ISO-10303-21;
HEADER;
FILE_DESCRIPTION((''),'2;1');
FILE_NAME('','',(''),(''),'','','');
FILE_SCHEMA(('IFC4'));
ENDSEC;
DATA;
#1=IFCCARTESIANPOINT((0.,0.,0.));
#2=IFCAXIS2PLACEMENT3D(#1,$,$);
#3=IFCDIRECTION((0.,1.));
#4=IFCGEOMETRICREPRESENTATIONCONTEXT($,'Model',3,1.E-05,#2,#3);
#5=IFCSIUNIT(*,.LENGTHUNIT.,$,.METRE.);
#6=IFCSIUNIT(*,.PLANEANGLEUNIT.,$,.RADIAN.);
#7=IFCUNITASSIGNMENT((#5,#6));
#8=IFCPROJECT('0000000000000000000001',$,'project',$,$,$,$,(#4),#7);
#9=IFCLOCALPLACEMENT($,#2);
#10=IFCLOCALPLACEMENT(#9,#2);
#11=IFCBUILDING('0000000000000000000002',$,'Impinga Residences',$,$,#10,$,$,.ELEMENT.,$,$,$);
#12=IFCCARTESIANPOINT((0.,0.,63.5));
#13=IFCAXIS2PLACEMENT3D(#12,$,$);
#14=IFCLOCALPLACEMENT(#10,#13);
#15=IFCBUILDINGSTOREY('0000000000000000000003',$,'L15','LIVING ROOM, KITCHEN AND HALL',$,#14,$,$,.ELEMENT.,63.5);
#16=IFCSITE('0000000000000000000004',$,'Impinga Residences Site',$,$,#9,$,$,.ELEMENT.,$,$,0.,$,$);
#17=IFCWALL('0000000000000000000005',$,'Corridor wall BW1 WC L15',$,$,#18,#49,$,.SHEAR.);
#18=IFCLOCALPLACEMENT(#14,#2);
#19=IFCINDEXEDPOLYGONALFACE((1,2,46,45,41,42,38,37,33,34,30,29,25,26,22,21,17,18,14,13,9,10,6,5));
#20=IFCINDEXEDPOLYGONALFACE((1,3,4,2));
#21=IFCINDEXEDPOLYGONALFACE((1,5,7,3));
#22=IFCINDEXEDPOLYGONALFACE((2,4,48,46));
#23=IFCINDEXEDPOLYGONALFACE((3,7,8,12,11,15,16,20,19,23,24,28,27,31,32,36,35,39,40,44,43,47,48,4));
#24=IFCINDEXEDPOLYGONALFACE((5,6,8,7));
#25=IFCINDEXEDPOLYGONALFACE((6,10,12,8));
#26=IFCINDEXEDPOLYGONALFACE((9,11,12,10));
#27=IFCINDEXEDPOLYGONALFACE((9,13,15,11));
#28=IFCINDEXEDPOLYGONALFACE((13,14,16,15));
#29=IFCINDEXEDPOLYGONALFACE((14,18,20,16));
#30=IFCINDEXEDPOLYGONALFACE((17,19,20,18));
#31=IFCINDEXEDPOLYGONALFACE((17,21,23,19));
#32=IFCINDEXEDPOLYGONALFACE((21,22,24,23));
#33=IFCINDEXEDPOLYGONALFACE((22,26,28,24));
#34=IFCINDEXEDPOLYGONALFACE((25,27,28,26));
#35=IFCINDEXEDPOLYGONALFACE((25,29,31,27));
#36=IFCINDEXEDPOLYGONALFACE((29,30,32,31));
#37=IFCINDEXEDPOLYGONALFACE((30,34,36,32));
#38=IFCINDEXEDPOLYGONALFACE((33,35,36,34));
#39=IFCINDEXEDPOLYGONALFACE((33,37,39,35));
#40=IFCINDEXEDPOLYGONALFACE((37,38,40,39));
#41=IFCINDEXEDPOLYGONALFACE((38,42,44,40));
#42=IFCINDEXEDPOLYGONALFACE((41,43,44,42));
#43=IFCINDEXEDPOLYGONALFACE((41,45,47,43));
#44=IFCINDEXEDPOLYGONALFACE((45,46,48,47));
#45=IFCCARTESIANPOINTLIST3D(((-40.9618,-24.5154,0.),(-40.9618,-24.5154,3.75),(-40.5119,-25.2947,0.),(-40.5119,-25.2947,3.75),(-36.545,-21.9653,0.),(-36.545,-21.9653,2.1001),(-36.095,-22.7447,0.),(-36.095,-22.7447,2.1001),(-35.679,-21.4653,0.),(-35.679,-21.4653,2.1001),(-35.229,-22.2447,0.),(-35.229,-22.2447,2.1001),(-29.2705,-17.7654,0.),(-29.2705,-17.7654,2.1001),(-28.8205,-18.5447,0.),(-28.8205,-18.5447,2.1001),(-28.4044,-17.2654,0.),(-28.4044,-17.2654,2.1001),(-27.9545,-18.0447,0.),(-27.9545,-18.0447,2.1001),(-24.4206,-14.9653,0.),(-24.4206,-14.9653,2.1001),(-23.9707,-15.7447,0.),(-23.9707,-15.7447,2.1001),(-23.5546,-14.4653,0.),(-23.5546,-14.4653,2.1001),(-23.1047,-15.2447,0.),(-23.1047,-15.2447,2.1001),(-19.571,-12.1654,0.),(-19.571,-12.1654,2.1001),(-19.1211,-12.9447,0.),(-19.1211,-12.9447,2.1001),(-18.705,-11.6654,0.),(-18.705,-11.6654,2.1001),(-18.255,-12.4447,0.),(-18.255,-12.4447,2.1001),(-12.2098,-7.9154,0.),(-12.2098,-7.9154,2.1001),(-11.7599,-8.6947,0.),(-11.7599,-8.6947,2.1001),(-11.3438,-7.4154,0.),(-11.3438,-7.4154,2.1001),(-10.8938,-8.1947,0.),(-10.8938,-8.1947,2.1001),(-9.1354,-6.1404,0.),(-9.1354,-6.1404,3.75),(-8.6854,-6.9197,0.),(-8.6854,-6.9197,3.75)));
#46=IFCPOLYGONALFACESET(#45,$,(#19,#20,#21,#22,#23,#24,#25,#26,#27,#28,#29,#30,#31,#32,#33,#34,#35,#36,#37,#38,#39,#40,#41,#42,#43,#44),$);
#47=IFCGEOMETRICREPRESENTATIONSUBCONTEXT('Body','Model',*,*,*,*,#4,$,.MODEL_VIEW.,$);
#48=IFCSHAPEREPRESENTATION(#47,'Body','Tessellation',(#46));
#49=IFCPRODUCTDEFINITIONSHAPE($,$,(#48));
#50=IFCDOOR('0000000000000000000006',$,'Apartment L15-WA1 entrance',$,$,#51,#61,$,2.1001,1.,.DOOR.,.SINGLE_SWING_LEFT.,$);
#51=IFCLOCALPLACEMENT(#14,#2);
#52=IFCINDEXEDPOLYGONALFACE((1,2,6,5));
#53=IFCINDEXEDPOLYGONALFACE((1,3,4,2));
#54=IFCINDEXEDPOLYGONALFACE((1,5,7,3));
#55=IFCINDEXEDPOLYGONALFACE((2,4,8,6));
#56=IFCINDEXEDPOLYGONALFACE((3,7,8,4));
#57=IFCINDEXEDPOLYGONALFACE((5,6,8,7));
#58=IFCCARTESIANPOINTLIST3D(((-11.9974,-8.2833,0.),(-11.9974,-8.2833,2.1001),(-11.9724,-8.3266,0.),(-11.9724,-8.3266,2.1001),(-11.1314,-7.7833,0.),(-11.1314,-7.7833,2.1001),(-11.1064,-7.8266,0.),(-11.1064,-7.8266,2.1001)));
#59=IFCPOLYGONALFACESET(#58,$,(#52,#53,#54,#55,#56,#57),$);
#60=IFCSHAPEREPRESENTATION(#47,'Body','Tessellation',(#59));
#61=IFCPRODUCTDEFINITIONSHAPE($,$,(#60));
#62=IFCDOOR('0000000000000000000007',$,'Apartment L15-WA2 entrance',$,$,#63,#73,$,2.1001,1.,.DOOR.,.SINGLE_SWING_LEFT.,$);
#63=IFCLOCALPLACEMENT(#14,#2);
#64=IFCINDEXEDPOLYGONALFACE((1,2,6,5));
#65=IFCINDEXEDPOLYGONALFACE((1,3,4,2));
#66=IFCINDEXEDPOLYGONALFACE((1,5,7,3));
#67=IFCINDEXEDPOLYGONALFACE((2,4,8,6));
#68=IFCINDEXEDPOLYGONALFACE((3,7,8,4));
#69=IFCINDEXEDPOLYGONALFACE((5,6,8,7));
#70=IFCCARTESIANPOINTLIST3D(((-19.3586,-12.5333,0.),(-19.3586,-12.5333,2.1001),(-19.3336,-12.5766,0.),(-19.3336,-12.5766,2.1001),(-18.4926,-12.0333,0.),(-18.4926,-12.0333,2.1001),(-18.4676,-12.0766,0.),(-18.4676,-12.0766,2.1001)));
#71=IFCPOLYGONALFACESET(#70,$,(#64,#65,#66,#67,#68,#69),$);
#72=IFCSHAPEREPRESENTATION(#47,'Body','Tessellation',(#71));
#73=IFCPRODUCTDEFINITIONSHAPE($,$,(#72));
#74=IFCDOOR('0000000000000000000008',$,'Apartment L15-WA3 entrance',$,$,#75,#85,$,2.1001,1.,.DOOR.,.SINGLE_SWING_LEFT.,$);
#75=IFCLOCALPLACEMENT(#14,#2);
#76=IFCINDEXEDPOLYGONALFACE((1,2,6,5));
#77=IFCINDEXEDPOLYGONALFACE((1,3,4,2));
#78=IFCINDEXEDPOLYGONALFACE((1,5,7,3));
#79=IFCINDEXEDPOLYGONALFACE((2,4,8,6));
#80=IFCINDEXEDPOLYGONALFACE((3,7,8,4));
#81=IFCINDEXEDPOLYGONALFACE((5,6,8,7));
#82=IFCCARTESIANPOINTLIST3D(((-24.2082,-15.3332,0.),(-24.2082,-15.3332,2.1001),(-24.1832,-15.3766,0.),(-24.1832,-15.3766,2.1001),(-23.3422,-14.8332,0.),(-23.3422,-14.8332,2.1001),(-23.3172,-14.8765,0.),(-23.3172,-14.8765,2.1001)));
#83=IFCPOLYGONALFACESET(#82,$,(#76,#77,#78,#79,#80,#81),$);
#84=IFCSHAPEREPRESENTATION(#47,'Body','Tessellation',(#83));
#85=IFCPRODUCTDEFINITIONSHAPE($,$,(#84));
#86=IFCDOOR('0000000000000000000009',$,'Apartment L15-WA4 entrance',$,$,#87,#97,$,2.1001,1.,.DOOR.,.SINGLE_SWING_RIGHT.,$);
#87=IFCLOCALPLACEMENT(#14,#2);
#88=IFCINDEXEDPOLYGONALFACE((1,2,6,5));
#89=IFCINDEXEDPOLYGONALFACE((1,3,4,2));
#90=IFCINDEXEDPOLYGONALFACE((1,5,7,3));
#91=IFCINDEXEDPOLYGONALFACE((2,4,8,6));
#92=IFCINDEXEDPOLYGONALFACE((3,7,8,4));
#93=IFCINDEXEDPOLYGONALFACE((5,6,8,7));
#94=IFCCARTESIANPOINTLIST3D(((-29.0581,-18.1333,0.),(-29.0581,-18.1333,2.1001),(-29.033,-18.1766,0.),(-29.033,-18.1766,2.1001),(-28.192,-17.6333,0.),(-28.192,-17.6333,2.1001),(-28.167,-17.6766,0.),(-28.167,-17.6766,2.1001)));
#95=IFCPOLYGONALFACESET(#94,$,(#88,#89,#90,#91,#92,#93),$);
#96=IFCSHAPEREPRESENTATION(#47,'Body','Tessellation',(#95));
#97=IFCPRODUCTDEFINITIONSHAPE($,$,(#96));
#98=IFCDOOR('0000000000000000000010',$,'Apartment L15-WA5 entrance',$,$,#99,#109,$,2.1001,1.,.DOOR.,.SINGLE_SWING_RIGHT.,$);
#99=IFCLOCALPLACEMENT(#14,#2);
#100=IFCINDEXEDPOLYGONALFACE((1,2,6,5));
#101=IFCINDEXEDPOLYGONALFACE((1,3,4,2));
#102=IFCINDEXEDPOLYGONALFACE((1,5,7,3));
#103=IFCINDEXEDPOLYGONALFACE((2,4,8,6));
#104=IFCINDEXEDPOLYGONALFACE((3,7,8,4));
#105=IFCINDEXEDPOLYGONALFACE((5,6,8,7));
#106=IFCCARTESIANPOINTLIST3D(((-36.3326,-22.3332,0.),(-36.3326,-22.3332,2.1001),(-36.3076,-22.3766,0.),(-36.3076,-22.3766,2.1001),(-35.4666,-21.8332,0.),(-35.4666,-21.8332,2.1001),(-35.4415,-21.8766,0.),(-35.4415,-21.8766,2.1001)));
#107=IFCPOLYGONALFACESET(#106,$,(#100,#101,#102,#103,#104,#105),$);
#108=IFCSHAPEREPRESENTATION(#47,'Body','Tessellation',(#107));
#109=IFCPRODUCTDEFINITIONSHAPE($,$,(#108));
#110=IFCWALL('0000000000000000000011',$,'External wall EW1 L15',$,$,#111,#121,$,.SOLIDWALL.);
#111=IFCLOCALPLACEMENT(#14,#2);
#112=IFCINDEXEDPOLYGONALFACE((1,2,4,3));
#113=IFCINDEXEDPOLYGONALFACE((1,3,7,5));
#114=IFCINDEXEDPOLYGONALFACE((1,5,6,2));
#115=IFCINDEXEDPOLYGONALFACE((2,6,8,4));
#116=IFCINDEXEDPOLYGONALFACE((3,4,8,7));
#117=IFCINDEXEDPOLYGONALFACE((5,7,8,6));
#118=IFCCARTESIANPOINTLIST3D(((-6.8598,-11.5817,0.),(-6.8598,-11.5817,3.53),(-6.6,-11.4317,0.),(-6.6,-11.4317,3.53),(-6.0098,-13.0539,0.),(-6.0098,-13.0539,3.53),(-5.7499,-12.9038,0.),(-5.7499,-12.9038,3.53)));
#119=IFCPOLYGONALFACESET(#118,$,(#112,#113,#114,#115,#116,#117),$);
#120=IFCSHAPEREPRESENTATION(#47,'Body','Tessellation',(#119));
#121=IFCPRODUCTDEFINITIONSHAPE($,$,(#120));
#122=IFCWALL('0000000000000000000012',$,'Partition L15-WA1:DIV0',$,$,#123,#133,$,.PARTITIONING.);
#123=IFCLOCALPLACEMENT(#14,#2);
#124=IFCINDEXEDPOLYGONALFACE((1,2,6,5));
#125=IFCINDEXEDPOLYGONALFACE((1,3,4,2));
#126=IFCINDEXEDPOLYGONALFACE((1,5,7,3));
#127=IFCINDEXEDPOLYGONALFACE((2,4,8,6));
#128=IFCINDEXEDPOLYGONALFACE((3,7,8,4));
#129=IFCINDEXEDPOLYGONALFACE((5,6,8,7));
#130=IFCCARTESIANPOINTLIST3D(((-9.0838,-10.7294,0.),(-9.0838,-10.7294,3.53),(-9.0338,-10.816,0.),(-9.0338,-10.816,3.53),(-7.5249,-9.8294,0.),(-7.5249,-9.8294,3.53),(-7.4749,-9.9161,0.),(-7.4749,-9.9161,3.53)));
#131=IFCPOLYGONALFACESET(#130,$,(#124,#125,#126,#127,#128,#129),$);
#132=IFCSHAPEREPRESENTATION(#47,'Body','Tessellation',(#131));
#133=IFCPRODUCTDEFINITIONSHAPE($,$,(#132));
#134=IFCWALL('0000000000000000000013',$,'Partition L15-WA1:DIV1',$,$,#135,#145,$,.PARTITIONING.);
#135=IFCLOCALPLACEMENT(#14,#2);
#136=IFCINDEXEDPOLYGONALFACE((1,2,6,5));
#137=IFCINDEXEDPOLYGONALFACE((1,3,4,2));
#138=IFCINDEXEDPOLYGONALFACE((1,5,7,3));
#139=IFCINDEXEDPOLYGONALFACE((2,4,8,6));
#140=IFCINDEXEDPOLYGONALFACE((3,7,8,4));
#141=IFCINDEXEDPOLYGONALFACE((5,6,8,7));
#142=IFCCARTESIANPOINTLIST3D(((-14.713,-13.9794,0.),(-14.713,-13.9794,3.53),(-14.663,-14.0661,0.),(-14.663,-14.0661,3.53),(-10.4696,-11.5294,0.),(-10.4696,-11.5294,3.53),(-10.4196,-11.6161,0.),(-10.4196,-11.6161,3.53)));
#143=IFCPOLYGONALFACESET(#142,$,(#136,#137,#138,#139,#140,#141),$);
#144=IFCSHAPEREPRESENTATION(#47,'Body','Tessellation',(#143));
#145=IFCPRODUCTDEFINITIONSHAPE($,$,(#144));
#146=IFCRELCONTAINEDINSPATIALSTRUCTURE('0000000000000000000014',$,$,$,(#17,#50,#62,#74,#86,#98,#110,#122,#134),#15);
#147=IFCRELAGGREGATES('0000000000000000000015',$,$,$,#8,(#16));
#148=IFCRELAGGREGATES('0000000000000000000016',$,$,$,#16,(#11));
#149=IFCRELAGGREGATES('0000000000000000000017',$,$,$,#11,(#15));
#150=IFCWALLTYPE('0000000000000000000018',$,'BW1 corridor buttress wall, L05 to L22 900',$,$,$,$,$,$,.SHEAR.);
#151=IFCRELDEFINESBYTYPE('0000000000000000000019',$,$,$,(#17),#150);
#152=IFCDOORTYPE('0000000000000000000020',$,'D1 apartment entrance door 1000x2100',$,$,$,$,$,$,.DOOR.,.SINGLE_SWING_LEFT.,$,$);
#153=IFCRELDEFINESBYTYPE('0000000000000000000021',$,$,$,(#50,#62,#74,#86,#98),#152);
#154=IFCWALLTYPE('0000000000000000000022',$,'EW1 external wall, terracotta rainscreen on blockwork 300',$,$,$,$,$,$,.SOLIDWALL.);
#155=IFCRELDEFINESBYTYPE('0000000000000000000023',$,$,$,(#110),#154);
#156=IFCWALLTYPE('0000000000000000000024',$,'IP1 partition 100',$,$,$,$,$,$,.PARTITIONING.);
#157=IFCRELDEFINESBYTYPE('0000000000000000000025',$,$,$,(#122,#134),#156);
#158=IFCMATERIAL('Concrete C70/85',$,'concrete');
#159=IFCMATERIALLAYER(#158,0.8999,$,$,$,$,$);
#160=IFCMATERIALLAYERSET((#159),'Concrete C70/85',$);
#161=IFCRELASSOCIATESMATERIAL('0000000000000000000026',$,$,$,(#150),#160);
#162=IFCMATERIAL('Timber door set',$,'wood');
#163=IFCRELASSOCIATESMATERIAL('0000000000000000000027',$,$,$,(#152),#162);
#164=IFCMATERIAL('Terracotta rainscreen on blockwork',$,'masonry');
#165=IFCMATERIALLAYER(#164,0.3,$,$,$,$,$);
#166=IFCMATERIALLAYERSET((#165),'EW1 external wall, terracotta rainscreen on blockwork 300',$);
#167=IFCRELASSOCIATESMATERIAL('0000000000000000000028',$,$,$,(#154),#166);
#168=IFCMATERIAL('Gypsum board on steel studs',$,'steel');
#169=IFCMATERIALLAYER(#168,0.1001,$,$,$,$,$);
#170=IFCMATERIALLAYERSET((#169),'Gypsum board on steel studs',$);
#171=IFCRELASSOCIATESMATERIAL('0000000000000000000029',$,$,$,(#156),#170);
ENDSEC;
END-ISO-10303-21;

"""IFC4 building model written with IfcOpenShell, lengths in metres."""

from ifc_helpers import new_model, si_unit, direction, frame, frame_2d, origin, place, context, subcontext, project, spatial, rectangle, extrude, material, layer, layer_set, type_object, element, fill, save


model = new_model("IFC4")

# Units and contexts
model_context = context("Model", 3, precision=1e-05, world=origin(), true_north=direction((0.0, 1.0)))
body_context = subcontext(model_context, "Body", "Model", "MODEL_VIEW")
ifc_project = project(units=[si_unit("LENGTHUNIT", "METRE"), si_unit("PLANEANGLEUNIT", "RADIAN")], contexts=[model_context])

# Site, building, storey
site_placement = place(None, origin())
site = spatial("IfcSite", under=ifc_project, at=site_placement, Name="Impinga Residences Site", CompositionType="ELEMENT", RefElevation=0.0)
building_placement = place(site_placement, origin())
building = spatial("IfcBuilding", under=site, at=building_placement, Name="Impinga Residences", CompositionType="ELEMENT")
storey_placement = place(building_placement, frame((0.0, 0.0, 63.5)))
storey = spatial("IfcBuildingStorey", under=building, at=storey_placement, Name="L15", Description="LIVING ROOM, KITCHEN AND HALL", CompositionType="ELEMENT", Elevation=63.5)

# Wall, openings, doors
ifc_material_1 = material(Name="Concrete C70/85", Category="concrete")
ifc_layer_1 = layer(ifc_material_1, 0.8999)
ifc_layer_set_1 = layer_set([ifc_layer_1], Name="Concrete C70/85")
wall_type_1 = type_object("IfcWallType", Name="BW1 corridor buttress wall, L05 to L22 900", PredefinedType="SHEAR", material=ifc_layer_set_1)
wall_1_placement = place(storey_placement, frame((-8.9104, -6.53, 0.0), z_axis=(0.0, 0.0, 1.0), x_axis=(-0.866025, -0.5, 0.0)))
wall_1 = element("IfcWall", 1, at=wall_1_placement, inside=storey, type_object=wall_type_1, Name="Corridor wall BW1 WC L15", PredefinedType="SHEAR", context=body_context, shape_type="SweptSolid", body=[
    extrude(rectangle(XDim=36.75, YDim=0.8999, at=frame_2d((18.375, 0.0))), origin(), (0.0, 0.0, 1.0), 3.75),
])
opening_1_placement = place(wall_1_placement, frame((2.55, 0.0, 0.0)))
opening_1 = element("IfcOpeningElement", 2, at=opening_1_placement, cuts=wall_1, PredefinedType="OPENING", context=body_context, shape_type="SweptSolid", body=[
    extrude(rectangle(XDim=1.0, YDim=2.1001, at=frame_2d((0.5, 1.05))), frame((0.0, 0.46, 0.0), z_axis=(0.0, -1.0, 0.0), x_axis=(1.0, 0.0, 0.0)), (0.0, 0.0, 1.0), 0.9199),
])
opening_2_placement = place(wall_1_placement, frame((11.05, 0.0, 0.0)))
opening_2 = element("IfcOpeningElement", 3, at=opening_2_placement, cuts=wall_1, PredefinedType="OPENING", context=body_context, shape_type="SweptSolid", body=[
    extrude(rectangle(XDim=1.0, YDim=2.1001, at=frame_2d((0.5, 1.05))), frame((0.0, 0.46, 0.0), z_axis=(0.0, -1.0, 0.0), x_axis=(1.0, 0.0, 0.0)), (0.0, 0.0, 1.0), 0.9199),
])
opening_3_placement = place(wall_1_placement, frame((16.6499, 0.0, 0.0)))
opening_3 = element("IfcOpeningElement", 4, at=opening_3_placement, cuts=wall_1, PredefinedType="OPENING", context=body_context, shape_type="SweptSolid", body=[
    extrude(rectangle(XDim=1.0, YDim=2.1001, at=frame_2d((0.5, 1.05))), frame((0.0, 0.46, 0.0), z_axis=(0.0, -1.0, 0.0), x_axis=(1.0, 0.0, 0.0)), (0.0, 0.0, 1.0), 0.9199),
])
opening_4_placement = place(wall_1_placement, frame((22.25, 0.0, 0.0)))
opening_4 = element("IfcOpeningElement", 5, at=opening_4_placement, cuts=wall_1, PredefinedType="OPENING", context=body_context, shape_type="SweptSolid", body=[
    extrude(rectangle(XDim=1.0, YDim=2.1001, at=frame_2d((0.5, 1.05))), frame((0.0, 0.46, 0.0), z_axis=(0.0, -1.0, 0.0), x_axis=(1.0, 0.0, 0.0)), (0.0, 0.0, 1.0), 0.9199),
])
opening_5_placement = place(wall_1_placement, frame((30.6499, 0.0, 0.0)))
opening_5 = element("IfcOpeningElement", 6, at=opening_5_placement, cuts=wall_1, PredefinedType="OPENING", context=body_context, shape_type="SweptSolid", body=[
    extrude(rectangle(XDim=1.0, YDim=2.1001, at=frame_2d((0.5, 1.05))), frame((0.0, 0.46, 0.0), z_axis=(0.0, -1.0, 0.0), x_axis=(1.0, 0.0, 0.0)), (0.0, 0.0, 1.0), 0.9199),
])
ifc_material_2 = material(Name="Timber door set", Category="wood")
door_type_1 = type_object("IfcDoorType", Name="D1 apartment entrance door 1000x2100", OperationType="SINGLE_SWING_LEFT", PredefinedType="DOOR", material=ifc_material_2)
door_1_placement = place(opening_1_placement, origin())
door_1 = element("IfcDoor", 7, at=door_1_placement, inside=storey, type_object=door_type_1, Name="Apartment L15-WA1 entrance", OperationType="SINGLE_SWING_LEFT", OverallHeight=2.1001, OverallWidth=1.0, PredefinedType="DOOR", context=body_context, shape_type="SweptSolid", body=[
    extrude(rectangle(XDim=1.0, YDim=2.1001, at=frame_2d((0.5, 1.05))), frame((0.0, 0.0249, 0.0), z_axis=(0.0, -1.0, 0.0), x_axis=(1.0, 0.0, 0.0)), (0.0, 0.0, 1.0), 0.05),
])
fill(opening_1, door_1)
door_2_placement = place(opening_2_placement, origin())
door_2 = element("IfcDoor", 8, at=door_2_placement, inside=storey, type_object=door_type_1, Name="Apartment L15-WA2 entrance", OperationType="SINGLE_SWING_LEFT", OverallHeight=2.1001, OverallWidth=1.0, PredefinedType="DOOR", context=body_context, shape_type="SweptSolid", body=[
    extrude(rectangle(XDim=1.0, YDim=2.1001, at=frame_2d((0.5, 1.05))), frame((0.0, 0.0249, 0.0), z_axis=(0.0, -1.0, 0.0), x_axis=(1.0, 0.0, 0.0)), (0.0, 0.0, 1.0), 0.05),
])
fill(opening_2, door_2)
door_3_placement = place(opening_3_placement, origin())
door_3 = element("IfcDoor", 9, at=door_3_placement, inside=storey, type_object=door_type_1, Name="Apartment L15-WA3 entrance", OperationType="SINGLE_SWING_LEFT", OverallHeight=2.1001, OverallWidth=1.0, PredefinedType="DOOR", context=body_context, shape_type="SweptSolid", body=[
    extrude(rectangle(XDim=1.0, YDim=2.1001, at=frame_2d((0.5, 1.05))), frame((0.0, 0.0249, 0.0), z_axis=(0.0, -1.0, 0.0), x_axis=(1.0, 0.0, 0.0)), (0.0, 0.0, 1.0), 0.05),
])
fill(opening_3, door_3)
door_4_placement = place(opening_4_placement, origin())
door_4 = element("IfcDoor", 10, at=door_4_placement, inside=storey, type_object=door_type_1, Name="Apartment L15-WA4 entrance", OperationType="SINGLE_SWING_RIGHT", OverallHeight=2.1001, OverallWidth=1.0, PredefinedType="DOOR", context=body_context, shape_type="SweptSolid", body=[
    extrude(rectangle(XDim=1.0, YDim=2.1001, at=frame_2d((0.5, 1.05))), frame((0.0, 0.0249, 0.0), z_axis=(0.0, -1.0, 0.0), x_axis=(1.0, 0.0, 0.0)), (0.0, 0.0, 1.0), 0.05),
])
fill(opening_4, door_4)
door_5_placement = place(opening_5_placement, origin())
door_5 = element("IfcDoor", 11, at=door_5_placement, inside=storey, type_object=door_type_1, Name="Apartment L15-WA5 entrance", OperationType="SINGLE_SWING_RIGHT", OverallHeight=2.1001, OverallWidth=1.0, PredefinedType="DOOR", context=body_context, shape_type="SweptSolid", body=[
    extrude(rectangle(XDim=1.0, YDim=2.1001, at=frame_2d((0.5, 1.05))), frame((0.0, 0.0249, 0.0), z_axis=(0.0, -1.0, 0.0), x_axis=(1.0, 0.0, 0.0)), (0.0, 0.0, 1.0), 0.05),
])
fill(opening_5, door_5)

# Walls
ifc_material_3 = material(Name="Terracotta rainscreen on blockwork", Category="masonry")
ifc_layer_2 = layer(ifc_material_3, 0.3)
ifc_layer_set_2 = layer_set([ifc_layer_2], Name="EW1 external wall, terracotta rainscreen on blockwork 300")
wall_type_2 = type_object("IfcWallType", Name="EW1 external wall, terracotta rainscreen on blockwork 300", PredefinedType="SOLIDWALL", material=ifc_layer_set_2)
wall_2_placement = place(storey_placement, frame((-6.73, -11.5066, 0.0), z_axis=(0.0, 0.0, 1.0), x_axis=(0.500062, -0.865989, 0.0)))
element("IfcWall", 12, at=wall_2_placement, inside=storey, type_object=wall_type_2, Name="External wall EW1 L15", PredefinedType="SOLIDWALL", context=body_context, shape_type="SweptSolid", body=[
    extrude(rectangle(XDim=1.7, YDim=0.3, at=frame_2d((0.8501, 0.0))), origin(), (0.0, 0.0, 1.0), 3.53),
])
ifc_material_4 = material(Name="Gypsum board on steel studs", Category="steel")
ifc_layer_3 = layer(ifc_material_4, 0.1001)
ifc_layer_set_3 = layer_set([ifc_layer_3], Name="Gypsum board on steel studs")
wall_type_3 = type_object("IfcWallType", Name="IP1 partition 100", PredefinedType="PARTITIONING", material=ifc_layer_set_3)
wall_3_placement = place(storey_placement, frame((-7.5, -9.8728, 0.0), z_axis=(0.0, 0.0, 1.0), x_axis=(-0.866048, -0.499961, 0.0)))
element("IfcWall", 13, at=wall_3_placement, inside=storey, type_object=wall_type_3, Name="Partition L15-WA1:DIV0", PredefinedType="PARTITIONING", context=body_context, shape_type="SweptSolid", body=[
    extrude(rectangle(XDim=1.8, YDim=0.1001, at=frame_2d((0.8999, 0.0))), origin(), (0.0, 0.0, 1.0), 3.53),
])
wall_4_placement = place(storey_placement, frame((-10.4446, -11.5728, 0.0), z_axis=(0.0, 0.0, 1.0), x_axis=(-0.866024, -0.500003, 0.0)))
element("IfcWall", 14, at=wall_4_placement, inside=storey, type_object=wall_type_3, Name="Partition L15-WA1:DIV1", PredefinedType="PARTITIONING", context=body_context, shape_type="SweptSolid", body=[
    extrude(rectangle(XDim=4.8999, YDim=0.1001, at=frame_2d((2.45, 0.0))), origin(), (0.0, 0.0, 1.0), 3.53),
])

save(model, "model.ifc")
